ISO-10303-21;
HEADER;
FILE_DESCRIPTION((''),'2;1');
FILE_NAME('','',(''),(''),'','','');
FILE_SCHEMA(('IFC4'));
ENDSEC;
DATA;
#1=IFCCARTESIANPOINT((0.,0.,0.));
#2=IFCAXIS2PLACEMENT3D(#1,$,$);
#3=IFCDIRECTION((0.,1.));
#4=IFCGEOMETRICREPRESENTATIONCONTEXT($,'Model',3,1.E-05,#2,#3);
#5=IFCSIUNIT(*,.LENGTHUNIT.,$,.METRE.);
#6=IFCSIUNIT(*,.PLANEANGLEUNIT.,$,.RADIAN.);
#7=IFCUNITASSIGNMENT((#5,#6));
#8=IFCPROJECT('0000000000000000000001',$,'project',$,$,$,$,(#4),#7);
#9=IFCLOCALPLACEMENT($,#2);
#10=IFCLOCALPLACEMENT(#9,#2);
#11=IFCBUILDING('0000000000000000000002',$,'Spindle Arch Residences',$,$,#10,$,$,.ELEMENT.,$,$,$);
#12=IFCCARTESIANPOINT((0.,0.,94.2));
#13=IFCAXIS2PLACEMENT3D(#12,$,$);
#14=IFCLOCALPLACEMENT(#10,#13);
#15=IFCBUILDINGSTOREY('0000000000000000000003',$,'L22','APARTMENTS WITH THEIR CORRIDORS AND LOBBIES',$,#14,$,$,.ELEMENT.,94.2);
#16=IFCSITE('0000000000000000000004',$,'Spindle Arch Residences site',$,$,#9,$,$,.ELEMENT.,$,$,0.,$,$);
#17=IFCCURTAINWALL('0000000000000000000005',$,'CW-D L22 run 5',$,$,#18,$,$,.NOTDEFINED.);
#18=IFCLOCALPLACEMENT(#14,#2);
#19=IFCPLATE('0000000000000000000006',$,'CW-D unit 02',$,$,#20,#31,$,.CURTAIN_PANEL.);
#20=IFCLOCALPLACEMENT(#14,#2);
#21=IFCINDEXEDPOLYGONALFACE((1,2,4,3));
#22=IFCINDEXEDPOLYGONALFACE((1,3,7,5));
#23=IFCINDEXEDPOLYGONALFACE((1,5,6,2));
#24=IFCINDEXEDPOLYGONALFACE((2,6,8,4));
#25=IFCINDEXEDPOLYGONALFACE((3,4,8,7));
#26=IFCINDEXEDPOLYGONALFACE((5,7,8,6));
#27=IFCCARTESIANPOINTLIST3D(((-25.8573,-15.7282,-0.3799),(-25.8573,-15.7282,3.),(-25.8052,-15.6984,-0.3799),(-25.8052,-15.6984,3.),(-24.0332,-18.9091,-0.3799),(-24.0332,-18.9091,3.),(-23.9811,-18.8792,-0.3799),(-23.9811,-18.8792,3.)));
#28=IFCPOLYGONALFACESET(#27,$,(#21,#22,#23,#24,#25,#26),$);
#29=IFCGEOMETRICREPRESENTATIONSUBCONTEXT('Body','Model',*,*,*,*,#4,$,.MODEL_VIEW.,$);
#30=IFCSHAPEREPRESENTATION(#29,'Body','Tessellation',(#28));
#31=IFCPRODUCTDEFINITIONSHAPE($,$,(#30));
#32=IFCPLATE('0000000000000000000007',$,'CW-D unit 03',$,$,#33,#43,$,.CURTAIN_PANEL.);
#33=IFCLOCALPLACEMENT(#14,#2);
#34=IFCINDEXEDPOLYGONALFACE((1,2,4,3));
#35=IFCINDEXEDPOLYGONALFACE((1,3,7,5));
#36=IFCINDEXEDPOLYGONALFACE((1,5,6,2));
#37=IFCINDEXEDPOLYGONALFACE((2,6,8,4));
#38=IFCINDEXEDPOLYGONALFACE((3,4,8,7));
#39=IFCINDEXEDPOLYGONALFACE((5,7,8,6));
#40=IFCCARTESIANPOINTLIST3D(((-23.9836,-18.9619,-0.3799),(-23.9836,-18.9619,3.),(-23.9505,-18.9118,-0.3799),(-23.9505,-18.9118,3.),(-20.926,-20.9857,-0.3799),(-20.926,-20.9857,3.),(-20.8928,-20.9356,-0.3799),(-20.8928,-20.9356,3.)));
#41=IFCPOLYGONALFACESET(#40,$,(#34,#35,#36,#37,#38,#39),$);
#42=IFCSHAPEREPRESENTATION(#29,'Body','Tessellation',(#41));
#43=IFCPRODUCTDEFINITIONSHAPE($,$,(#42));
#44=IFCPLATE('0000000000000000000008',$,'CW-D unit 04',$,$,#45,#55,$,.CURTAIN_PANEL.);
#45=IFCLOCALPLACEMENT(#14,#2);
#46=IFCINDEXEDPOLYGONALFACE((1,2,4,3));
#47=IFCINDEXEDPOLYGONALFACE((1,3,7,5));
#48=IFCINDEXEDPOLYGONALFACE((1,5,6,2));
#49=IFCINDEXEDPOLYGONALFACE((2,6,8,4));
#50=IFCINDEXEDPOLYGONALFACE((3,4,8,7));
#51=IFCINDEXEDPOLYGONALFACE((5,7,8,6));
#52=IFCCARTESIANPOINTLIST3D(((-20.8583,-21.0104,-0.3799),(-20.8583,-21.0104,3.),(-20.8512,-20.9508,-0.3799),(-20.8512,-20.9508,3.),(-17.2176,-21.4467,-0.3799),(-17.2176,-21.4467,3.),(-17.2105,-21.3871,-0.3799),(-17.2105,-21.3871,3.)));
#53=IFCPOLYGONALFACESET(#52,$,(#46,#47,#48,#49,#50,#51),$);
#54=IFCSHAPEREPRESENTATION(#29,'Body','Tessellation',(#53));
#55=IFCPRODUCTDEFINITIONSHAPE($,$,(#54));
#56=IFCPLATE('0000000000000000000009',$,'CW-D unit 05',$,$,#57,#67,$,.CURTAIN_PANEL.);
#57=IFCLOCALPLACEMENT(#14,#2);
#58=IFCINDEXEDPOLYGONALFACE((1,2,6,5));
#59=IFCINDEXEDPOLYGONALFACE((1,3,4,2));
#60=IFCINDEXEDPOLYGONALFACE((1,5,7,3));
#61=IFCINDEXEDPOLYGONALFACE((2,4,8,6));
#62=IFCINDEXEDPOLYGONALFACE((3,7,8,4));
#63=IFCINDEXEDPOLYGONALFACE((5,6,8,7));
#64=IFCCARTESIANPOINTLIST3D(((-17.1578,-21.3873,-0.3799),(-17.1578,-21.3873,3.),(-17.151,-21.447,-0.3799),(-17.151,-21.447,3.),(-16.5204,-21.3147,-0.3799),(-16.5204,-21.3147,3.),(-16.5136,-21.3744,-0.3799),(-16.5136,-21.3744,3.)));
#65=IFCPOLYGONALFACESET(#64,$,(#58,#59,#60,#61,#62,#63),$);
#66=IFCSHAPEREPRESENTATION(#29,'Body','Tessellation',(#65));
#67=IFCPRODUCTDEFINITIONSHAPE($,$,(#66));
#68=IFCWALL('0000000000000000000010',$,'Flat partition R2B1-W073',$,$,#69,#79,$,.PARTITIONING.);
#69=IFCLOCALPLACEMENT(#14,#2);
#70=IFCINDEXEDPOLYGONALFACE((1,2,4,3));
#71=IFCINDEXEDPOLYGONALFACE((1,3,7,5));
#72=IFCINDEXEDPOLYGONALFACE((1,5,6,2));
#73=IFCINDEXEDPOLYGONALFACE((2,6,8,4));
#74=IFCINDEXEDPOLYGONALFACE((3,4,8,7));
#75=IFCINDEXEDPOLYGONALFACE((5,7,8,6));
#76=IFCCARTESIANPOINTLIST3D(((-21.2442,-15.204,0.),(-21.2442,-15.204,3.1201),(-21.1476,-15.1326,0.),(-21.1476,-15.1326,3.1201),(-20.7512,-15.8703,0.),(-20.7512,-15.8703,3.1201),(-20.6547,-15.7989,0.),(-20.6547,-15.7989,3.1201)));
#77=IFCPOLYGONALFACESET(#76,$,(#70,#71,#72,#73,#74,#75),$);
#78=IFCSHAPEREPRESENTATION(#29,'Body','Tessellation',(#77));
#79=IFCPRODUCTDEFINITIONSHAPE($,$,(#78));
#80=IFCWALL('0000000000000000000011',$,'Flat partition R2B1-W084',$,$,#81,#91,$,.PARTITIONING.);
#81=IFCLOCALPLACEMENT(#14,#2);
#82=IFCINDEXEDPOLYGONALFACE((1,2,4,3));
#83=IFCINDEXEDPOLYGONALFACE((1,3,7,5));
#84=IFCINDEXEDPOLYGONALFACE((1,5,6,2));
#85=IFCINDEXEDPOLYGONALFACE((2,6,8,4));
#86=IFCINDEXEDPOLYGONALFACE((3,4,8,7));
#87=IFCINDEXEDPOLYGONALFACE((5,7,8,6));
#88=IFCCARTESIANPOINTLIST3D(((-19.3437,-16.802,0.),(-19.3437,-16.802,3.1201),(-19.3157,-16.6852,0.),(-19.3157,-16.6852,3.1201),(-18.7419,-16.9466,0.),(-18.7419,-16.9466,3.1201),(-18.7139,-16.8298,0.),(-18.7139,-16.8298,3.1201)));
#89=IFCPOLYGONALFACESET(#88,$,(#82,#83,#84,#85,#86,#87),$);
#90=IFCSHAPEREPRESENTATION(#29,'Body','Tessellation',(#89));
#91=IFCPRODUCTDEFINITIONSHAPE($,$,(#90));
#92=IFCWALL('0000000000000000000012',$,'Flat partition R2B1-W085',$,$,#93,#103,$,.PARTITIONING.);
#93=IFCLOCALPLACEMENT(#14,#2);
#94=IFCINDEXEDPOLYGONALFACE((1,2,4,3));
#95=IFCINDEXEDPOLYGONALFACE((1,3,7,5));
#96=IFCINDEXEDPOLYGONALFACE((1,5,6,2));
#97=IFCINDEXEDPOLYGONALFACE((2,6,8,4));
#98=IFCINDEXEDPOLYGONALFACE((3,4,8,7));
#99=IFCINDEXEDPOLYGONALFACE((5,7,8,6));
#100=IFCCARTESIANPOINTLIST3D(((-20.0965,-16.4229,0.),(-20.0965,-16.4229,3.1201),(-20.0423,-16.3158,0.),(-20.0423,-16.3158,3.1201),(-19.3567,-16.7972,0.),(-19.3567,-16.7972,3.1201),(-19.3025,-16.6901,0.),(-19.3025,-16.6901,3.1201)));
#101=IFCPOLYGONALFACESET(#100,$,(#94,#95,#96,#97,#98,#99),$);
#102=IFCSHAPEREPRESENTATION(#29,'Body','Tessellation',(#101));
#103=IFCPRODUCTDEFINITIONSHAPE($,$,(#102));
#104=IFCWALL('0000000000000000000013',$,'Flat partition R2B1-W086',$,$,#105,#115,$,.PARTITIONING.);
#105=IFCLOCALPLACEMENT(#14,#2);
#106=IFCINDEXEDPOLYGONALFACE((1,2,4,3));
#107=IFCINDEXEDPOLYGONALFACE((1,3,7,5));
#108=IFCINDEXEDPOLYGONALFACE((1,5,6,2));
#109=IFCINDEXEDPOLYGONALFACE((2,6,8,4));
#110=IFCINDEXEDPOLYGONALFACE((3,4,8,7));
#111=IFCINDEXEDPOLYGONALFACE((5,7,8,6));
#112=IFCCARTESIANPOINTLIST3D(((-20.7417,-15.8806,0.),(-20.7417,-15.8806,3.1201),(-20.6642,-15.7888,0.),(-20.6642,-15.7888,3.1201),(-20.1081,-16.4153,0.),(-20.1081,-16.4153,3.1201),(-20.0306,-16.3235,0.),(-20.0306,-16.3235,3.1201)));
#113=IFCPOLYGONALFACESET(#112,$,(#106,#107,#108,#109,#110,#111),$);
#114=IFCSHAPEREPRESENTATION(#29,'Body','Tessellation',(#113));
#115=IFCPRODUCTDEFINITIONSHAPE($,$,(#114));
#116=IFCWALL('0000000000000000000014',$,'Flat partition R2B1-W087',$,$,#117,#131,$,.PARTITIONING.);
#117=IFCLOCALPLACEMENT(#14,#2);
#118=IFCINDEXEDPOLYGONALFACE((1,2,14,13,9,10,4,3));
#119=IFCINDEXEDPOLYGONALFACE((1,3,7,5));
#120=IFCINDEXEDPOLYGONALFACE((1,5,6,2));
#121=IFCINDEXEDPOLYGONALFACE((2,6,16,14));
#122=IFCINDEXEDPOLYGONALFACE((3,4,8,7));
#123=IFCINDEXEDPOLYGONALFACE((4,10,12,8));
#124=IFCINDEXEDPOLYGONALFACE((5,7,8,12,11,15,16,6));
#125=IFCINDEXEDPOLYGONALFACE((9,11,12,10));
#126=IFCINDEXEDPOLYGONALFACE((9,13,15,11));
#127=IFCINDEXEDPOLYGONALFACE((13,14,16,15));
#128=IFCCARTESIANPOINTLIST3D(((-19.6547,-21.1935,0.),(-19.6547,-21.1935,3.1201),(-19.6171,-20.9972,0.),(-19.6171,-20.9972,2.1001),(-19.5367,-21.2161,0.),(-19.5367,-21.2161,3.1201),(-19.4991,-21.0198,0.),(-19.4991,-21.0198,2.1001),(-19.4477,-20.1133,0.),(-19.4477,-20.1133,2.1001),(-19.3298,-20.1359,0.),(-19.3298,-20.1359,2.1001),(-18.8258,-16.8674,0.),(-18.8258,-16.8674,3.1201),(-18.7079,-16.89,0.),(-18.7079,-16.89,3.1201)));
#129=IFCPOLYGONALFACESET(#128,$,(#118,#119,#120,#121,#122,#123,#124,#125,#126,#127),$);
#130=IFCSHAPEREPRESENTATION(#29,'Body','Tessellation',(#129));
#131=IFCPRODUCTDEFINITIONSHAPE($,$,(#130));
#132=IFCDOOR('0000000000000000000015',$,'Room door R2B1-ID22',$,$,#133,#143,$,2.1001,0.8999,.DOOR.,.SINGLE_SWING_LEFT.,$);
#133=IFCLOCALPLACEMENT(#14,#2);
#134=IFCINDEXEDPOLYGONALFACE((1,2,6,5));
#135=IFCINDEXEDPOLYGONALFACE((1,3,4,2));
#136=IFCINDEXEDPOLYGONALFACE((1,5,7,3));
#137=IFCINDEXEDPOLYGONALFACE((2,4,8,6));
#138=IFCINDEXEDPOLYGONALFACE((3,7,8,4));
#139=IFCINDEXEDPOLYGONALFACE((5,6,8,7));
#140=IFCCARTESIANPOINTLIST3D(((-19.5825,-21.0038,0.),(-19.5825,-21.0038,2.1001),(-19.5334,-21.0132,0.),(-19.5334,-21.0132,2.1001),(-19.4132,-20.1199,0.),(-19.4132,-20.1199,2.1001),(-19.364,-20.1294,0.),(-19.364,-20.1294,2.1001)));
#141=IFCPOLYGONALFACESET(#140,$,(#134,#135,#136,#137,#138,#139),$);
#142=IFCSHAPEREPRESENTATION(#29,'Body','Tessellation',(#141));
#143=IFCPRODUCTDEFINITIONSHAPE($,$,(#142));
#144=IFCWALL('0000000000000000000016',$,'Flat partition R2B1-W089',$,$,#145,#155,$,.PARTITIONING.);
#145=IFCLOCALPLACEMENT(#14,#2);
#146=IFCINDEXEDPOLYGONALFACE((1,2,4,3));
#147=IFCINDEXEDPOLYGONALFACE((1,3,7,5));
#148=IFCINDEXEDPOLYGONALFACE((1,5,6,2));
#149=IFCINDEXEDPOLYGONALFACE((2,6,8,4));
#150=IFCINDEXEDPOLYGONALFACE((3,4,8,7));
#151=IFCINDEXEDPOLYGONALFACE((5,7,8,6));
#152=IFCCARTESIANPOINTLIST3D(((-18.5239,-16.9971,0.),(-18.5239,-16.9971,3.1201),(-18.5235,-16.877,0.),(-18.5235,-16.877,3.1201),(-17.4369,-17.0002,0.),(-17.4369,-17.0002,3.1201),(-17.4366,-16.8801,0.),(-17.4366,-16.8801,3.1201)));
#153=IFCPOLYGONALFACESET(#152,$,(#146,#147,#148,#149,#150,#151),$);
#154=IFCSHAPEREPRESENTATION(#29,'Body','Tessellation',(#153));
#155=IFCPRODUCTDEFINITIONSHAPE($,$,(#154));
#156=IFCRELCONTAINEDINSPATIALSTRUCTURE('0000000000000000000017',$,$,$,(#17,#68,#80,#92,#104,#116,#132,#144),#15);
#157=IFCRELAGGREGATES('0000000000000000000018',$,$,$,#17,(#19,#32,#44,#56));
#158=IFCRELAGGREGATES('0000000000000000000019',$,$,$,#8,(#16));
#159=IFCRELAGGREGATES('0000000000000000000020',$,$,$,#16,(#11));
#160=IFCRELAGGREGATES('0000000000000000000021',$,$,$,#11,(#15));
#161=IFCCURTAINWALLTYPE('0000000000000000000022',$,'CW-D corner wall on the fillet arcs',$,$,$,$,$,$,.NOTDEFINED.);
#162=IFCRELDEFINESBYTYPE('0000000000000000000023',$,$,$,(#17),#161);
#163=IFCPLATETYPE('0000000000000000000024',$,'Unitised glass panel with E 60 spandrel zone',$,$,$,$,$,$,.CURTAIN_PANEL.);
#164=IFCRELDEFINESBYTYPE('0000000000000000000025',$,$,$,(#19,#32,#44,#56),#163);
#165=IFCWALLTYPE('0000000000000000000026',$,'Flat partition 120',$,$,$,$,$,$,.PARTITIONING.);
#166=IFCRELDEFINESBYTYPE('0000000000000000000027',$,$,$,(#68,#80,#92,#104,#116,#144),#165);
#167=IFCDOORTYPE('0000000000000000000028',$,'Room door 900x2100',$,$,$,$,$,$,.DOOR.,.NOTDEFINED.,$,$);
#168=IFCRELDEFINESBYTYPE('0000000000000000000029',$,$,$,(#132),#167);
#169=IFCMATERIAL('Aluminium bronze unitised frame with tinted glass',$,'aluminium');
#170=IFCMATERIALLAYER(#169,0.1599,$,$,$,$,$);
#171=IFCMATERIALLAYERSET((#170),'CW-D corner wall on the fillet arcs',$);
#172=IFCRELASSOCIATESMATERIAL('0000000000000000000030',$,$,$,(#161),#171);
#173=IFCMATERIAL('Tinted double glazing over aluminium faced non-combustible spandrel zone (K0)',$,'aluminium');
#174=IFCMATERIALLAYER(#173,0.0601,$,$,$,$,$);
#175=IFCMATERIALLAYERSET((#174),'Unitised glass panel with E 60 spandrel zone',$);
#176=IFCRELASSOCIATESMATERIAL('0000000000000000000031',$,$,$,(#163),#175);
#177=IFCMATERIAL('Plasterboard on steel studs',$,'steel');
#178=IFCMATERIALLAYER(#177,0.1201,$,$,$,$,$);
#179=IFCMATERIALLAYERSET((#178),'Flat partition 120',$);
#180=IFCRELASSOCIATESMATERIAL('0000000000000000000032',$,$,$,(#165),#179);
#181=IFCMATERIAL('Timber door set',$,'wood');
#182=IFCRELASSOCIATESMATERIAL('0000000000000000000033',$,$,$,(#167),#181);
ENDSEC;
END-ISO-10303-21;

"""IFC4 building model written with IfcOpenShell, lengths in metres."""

from ifc_helpers import new_model, si_unit, direction, frame, frame_2d, origin, origin_2d, place, context, subcontext, project, spatial, rectangle, extrude, material, layer, layer_set, type_object, element, fill, aggregate, save


model = new_model("IFC4")

# Units and contexts
model_context = context("Model", 3, precision=1e-05, world=origin(), true_north=direction((0.0, 1.0)))
body_context = subcontext(model_context, "Body", "Model", "MODEL_VIEW")
ifc_project = project(units=[si_unit("LENGTHUNIT", "METRE"), si_unit("PLANEANGLEUNIT", "RADIAN")], contexts=[model_context])

# Site, building, storey
site_placement = place(None, origin())
site = spatial("IfcSite", under=ifc_project, at=site_placement, Name="Spindle Arch Residences site", CompositionType="ELEMENT", RefElevation=0.0)
building_placement = place(site_placement, origin())
building = spatial("IfcBuilding", under=site, at=building_placement, Name="Spindle Arch Residences", CompositionType="ELEMENT")
storey_placement = place(building_placement, frame((0.0, 0.0, 94.2)))
storey = spatial("IfcBuildingStorey", under=building, at=storey_placement, Name="L22", Description="APARTMENTS WITH THEIR CORRIDORS AND LOBBIES", CompositionType="ELEMENT", Elevation=94.2)

# Curtain wall
ifc_material_1 = material(Name="Aluminium bronze unitised frame with tinted glass", Category="aluminium")
ifc_layer_1 = layer(ifc_material_1, 0.1599)
ifc_layer_set_1 = layer_set([ifc_layer_1], Name="CW-D corner wall on the fillet arcs")
curtain_wall_type = type_object("IfcCurtainWallType", Name="CW-D corner wall on the fillet arcs", PredefinedType="NOTDEFINED", material=ifc_layer_set_1)
curtain_wall_placement = place(storey_placement, origin())
curtain_wall = element("IfcCurtainWall", 1, at=curtain_wall_placement, inside=storey, type_object=curtain_wall_type, Name="CW-D L22 run 5", PredefinedType="NOTDEFINED")

# Plates
ifc_material_2 = material(Name="Tinted double glazing over aluminium faced non-combustible spandrel zone (K0)", Category="aluminium")
ifc_layer_2 = layer(ifc_material_2, 0.0601)
ifc_layer_set_2 = layer_set([ifc_layer_2], Name="Unitised glass panel with E 60 spandrel zone")
plate_type = type_object("IfcPlateType", Name="Unitised glass panel with E 60 spandrel zone", PredefinedType="CURTAIN_PANEL", material=ifc_layer_set_2)
plate_1_placement = place(storey_placement, frame((-24.9192, -17.3037, -0.3799), z_axis=(0.0, 0.0, 1.0), x_axis=(0.497479, -0.867476, 0.0)))
plate_1 = element("IfcPlate", 2, at=plate_1_placement, type_object=plate_type, Name="CW-D unit 02", PredefinedType="CURTAIN_PANEL", context=body_context, shape_type="SweptSolid", body=[
    extrude(rectangle(XDim=3.6667, YDim=0.0601, at=origin_2d()), origin(), (0.0, 0.0, 1.0), 3.3799),
])
plate_2_placement = place(storey_placement, frame((-22.4382, -19.9487, -0.3799), z_axis=(0.0, 0.0, 1.0), x_axis=(0.833886, -0.551937, 0.0)))
plate_2 = element("IfcPlate", 3, at=plate_2_placement, type_object=plate_type, Name="CW-D unit 03", PredefinedType="CURTAIN_PANEL", context=body_context, shape_type="SweptSolid", body=[
    extrude(rectangle(XDim=3.6667, YDim=0.0601, at=origin_2d()), origin(), (0.0, 0.0, 1.0), 3.3799),
])
plate_3_placement = place(storey_placement, frame((-19.0344, -21.1987, -0.3799), z_axis=(0.0, 0.0, 1.0), x_axis=(0.992896, -0.118982, 0.0)))
plate_3 = element("IfcPlate", 4, at=plate_3_placement, type_object=plate_type, Name="CW-D unit 04", PredefinedType="CURTAIN_PANEL", context=body_context, shape_type="SweptSolid", body=[
    extrude(rectangle(XDim=3.6667, YDim=0.0601, at=origin_2d()), origin(), (0.0, 0.0, 1.0), 3.3799),
])
plate_4_placement = place(storey_placement, frame((-16.8357, -21.3809, -0.3799), z_axis=(0.0, 0.0, 1.0), x_axis=(0.993572, 0.113203, 0.0)))
plate_4 = element("IfcPlate", 5, at=plate_4_placement, type_object=plate_type, Name="CW-D unit 05", PredefinedType="CURTAIN_PANEL", context=body_context, shape_type="SweptSolid", body=[
    extrude(rectangle(XDim=0.6416, YDim=0.0601, at=origin_2d()), origin(), (0.0, 0.0, 1.0), 3.3799),
])
aggregate(curtain_wall, [plate_1, plate_2, plate_3, plate_4])

# Walls
ifc_material_3 = material(Name="Plasterboard on steel studs", Category="steel")
ifc_layer_3 = layer(ifc_material_3, 0.1201)
ifc_layer_set_3 = layer_set([ifc_layer_3], Name="Flat partition 120")
wall_type_1 = type_object("IfcWallType", Name="Flat partition 120", PredefinedType="PARTITIONING", material=ifc_layer_set_3)
wall_1_placement = place(storey_placement, frame((-20.7029, -15.8347, 0.0), z_axis=(0.0, 0.0, 1.0), x_axis=(-0.594755, 0.803907, 0.0)))
element("IfcWall", 6, at=wall_1_placement, inside=storey, type_object=wall_type_1, Name="Flat partition R2B1-W073", PredefinedType="PARTITIONING", context=body_context, shape_type="SweptSolid", body=[
    extrude(rectangle(XDim=0.8289, YDim=0.1201, at=frame_2d((0.4146, 0.0))), origin(), (0.0, 0.0, 1.0), 3.1201),
])
wall_2_placement = place(storey_placement, frame((-18.7278, -16.8882, 0.0), z_axis=(0.0, 0.0, 1.0), x_axis=(-0.972351, 0.233522, 0.0)))
element("IfcWall", 7, at=wall_2_placement, inside=storey, type_object=wall_type_1, Name="Flat partition R2B1-W084", PredefinedType="PARTITIONING", context=body_context, shape_type="SweptSolid", body=[
    extrude(rectangle(XDim=0.6189, YDim=0.1201, at=frame_2d((0.3096, 0.0))), origin(), (0.0, 0.0, 1.0), 3.1201),
])
for number, where, z_axis, x_axis, name in (
    (8, (-19.3296, -16.7437, 0.0), (0.0, 0.0, 1.0), (-0.892297, 0.451449, 0.0), "Flat partition R2B1-W085"),
    (9, (-20.0693, -16.3694, 0.0), (0.0, 0.0, 1.0), (-0.764223, 0.644952, 0.0), "Flat partition R2B1-W086"),
):
    element("IfcWall", number, at=place(storey_placement, frame(where, z_axis=z_axis, x_axis=x_axis)), inside=storey, type_object=wall_type_1, Name=name, PredefinedType="PARTITIONING", context=body_context, shape_type="SweptSolid", body=[
        extrude(rectangle(XDim=0.8291, YDim=0.1201, at=frame_2d((0.4146, 0.0))), origin(), (0.0, 0.0, 1.0), 3.1201),
    ])

# Wall, opening, door
wall_3_placement = place(storey_placement, frame((-19.5957, -21.2048, 0.0), z_axis=(0.0, 0.0, 1.0), x_axis=(0.188169, 0.982137, 0.0)))
wall_3 = element("IfcWall", 10, at=wall_3_placement, inside=storey, type_object=wall_type_1, Name="Flat partition R2B1-W087", PredefinedType="PARTITIONING", context=body_context, shape_type="SweptSolid", body=[
    extrude(rectangle(XDim=4.4048, YDim=0.1201, at=frame_2d((2.2024, 0.0))), origin(), (0.0, 0.0, 1.0), 3.1201),
])
opening_1_placement = place(wall_3_placement, frame((0.2, 0.0, 0.0)))
opening_1 = element("IfcOpeningElement", 11, at=opening_1_placement, cuts=wall_3, PredefinedType="OPENING", context=body_context, shape_type="SweptSolid", body=[
    extrude(rectangle(XDim=0.8999, YDim=2.1001, at=frame_2d((0.45, 1.05))), frame((0.0, 0.0701, 0.0), z_axis=(0.0, -1.0, 0.0), x_axis=(1.0, 0.0, 0.0)), (0.0, 0.0, 1.0), 0.1401),
])
ifc_material_4 = material(Name="Timber door set", Category="wood")
door_type = type_object("IfcDoorType", Name="Room door 900x2100", OperationType="NOTDEFINED", PredefinedType="DOOR", material=ifc_material_4)
door_1_placement = place(opening_1_placement, origin())
door_1 = element("IfcDoor", 12, at=door_1_placement, inside=storey, type_object=door_type, Name="Room door R2B1-ID22", OperationType="SINGLE_SWING_LEFT", OverallHeight=2.1001, OverallWidth=0.8999, PredefinedType="DOOR", context=body_context, shape_type="SweptSolid", body=[
    extrude(rectangle(XDim=0.8999, YDim=2.1001, at=frame_2d((0.45, 1.05))), frame((0.0, 0.0249, 0.0), z_axis=(0.0, -1.0, 0.0), x_axis=(1.0, 0.0, 0.0)), (0.0, 0.0, 1.0), 0.05),
])
fill(opening_1, door_1)

# Wall
wall_4_placement = place(storey_placement, frame((-18.5237, -16.937, 0.0), z_axis=(0.0, 0.0, 1.0), x_axis=(0.999996, -0.00292, 0.0)))
element("IfcWall", 13, at=wall_4_placement, inside=storey, type_object=wall_type_1, Name="Flat partition R2B1-W089", PredefinedType="PARTITIONING", context=body_context, shape_type="SweptSolid", body=[
    extrude(rectangle(XDim=1.0869, YDim=0.1201, at=frame_2d((0.5435, 0.0))), origin(), (0.0, 0.0, 1.0), 3.1201),
])

save(model, "model.ifc")
